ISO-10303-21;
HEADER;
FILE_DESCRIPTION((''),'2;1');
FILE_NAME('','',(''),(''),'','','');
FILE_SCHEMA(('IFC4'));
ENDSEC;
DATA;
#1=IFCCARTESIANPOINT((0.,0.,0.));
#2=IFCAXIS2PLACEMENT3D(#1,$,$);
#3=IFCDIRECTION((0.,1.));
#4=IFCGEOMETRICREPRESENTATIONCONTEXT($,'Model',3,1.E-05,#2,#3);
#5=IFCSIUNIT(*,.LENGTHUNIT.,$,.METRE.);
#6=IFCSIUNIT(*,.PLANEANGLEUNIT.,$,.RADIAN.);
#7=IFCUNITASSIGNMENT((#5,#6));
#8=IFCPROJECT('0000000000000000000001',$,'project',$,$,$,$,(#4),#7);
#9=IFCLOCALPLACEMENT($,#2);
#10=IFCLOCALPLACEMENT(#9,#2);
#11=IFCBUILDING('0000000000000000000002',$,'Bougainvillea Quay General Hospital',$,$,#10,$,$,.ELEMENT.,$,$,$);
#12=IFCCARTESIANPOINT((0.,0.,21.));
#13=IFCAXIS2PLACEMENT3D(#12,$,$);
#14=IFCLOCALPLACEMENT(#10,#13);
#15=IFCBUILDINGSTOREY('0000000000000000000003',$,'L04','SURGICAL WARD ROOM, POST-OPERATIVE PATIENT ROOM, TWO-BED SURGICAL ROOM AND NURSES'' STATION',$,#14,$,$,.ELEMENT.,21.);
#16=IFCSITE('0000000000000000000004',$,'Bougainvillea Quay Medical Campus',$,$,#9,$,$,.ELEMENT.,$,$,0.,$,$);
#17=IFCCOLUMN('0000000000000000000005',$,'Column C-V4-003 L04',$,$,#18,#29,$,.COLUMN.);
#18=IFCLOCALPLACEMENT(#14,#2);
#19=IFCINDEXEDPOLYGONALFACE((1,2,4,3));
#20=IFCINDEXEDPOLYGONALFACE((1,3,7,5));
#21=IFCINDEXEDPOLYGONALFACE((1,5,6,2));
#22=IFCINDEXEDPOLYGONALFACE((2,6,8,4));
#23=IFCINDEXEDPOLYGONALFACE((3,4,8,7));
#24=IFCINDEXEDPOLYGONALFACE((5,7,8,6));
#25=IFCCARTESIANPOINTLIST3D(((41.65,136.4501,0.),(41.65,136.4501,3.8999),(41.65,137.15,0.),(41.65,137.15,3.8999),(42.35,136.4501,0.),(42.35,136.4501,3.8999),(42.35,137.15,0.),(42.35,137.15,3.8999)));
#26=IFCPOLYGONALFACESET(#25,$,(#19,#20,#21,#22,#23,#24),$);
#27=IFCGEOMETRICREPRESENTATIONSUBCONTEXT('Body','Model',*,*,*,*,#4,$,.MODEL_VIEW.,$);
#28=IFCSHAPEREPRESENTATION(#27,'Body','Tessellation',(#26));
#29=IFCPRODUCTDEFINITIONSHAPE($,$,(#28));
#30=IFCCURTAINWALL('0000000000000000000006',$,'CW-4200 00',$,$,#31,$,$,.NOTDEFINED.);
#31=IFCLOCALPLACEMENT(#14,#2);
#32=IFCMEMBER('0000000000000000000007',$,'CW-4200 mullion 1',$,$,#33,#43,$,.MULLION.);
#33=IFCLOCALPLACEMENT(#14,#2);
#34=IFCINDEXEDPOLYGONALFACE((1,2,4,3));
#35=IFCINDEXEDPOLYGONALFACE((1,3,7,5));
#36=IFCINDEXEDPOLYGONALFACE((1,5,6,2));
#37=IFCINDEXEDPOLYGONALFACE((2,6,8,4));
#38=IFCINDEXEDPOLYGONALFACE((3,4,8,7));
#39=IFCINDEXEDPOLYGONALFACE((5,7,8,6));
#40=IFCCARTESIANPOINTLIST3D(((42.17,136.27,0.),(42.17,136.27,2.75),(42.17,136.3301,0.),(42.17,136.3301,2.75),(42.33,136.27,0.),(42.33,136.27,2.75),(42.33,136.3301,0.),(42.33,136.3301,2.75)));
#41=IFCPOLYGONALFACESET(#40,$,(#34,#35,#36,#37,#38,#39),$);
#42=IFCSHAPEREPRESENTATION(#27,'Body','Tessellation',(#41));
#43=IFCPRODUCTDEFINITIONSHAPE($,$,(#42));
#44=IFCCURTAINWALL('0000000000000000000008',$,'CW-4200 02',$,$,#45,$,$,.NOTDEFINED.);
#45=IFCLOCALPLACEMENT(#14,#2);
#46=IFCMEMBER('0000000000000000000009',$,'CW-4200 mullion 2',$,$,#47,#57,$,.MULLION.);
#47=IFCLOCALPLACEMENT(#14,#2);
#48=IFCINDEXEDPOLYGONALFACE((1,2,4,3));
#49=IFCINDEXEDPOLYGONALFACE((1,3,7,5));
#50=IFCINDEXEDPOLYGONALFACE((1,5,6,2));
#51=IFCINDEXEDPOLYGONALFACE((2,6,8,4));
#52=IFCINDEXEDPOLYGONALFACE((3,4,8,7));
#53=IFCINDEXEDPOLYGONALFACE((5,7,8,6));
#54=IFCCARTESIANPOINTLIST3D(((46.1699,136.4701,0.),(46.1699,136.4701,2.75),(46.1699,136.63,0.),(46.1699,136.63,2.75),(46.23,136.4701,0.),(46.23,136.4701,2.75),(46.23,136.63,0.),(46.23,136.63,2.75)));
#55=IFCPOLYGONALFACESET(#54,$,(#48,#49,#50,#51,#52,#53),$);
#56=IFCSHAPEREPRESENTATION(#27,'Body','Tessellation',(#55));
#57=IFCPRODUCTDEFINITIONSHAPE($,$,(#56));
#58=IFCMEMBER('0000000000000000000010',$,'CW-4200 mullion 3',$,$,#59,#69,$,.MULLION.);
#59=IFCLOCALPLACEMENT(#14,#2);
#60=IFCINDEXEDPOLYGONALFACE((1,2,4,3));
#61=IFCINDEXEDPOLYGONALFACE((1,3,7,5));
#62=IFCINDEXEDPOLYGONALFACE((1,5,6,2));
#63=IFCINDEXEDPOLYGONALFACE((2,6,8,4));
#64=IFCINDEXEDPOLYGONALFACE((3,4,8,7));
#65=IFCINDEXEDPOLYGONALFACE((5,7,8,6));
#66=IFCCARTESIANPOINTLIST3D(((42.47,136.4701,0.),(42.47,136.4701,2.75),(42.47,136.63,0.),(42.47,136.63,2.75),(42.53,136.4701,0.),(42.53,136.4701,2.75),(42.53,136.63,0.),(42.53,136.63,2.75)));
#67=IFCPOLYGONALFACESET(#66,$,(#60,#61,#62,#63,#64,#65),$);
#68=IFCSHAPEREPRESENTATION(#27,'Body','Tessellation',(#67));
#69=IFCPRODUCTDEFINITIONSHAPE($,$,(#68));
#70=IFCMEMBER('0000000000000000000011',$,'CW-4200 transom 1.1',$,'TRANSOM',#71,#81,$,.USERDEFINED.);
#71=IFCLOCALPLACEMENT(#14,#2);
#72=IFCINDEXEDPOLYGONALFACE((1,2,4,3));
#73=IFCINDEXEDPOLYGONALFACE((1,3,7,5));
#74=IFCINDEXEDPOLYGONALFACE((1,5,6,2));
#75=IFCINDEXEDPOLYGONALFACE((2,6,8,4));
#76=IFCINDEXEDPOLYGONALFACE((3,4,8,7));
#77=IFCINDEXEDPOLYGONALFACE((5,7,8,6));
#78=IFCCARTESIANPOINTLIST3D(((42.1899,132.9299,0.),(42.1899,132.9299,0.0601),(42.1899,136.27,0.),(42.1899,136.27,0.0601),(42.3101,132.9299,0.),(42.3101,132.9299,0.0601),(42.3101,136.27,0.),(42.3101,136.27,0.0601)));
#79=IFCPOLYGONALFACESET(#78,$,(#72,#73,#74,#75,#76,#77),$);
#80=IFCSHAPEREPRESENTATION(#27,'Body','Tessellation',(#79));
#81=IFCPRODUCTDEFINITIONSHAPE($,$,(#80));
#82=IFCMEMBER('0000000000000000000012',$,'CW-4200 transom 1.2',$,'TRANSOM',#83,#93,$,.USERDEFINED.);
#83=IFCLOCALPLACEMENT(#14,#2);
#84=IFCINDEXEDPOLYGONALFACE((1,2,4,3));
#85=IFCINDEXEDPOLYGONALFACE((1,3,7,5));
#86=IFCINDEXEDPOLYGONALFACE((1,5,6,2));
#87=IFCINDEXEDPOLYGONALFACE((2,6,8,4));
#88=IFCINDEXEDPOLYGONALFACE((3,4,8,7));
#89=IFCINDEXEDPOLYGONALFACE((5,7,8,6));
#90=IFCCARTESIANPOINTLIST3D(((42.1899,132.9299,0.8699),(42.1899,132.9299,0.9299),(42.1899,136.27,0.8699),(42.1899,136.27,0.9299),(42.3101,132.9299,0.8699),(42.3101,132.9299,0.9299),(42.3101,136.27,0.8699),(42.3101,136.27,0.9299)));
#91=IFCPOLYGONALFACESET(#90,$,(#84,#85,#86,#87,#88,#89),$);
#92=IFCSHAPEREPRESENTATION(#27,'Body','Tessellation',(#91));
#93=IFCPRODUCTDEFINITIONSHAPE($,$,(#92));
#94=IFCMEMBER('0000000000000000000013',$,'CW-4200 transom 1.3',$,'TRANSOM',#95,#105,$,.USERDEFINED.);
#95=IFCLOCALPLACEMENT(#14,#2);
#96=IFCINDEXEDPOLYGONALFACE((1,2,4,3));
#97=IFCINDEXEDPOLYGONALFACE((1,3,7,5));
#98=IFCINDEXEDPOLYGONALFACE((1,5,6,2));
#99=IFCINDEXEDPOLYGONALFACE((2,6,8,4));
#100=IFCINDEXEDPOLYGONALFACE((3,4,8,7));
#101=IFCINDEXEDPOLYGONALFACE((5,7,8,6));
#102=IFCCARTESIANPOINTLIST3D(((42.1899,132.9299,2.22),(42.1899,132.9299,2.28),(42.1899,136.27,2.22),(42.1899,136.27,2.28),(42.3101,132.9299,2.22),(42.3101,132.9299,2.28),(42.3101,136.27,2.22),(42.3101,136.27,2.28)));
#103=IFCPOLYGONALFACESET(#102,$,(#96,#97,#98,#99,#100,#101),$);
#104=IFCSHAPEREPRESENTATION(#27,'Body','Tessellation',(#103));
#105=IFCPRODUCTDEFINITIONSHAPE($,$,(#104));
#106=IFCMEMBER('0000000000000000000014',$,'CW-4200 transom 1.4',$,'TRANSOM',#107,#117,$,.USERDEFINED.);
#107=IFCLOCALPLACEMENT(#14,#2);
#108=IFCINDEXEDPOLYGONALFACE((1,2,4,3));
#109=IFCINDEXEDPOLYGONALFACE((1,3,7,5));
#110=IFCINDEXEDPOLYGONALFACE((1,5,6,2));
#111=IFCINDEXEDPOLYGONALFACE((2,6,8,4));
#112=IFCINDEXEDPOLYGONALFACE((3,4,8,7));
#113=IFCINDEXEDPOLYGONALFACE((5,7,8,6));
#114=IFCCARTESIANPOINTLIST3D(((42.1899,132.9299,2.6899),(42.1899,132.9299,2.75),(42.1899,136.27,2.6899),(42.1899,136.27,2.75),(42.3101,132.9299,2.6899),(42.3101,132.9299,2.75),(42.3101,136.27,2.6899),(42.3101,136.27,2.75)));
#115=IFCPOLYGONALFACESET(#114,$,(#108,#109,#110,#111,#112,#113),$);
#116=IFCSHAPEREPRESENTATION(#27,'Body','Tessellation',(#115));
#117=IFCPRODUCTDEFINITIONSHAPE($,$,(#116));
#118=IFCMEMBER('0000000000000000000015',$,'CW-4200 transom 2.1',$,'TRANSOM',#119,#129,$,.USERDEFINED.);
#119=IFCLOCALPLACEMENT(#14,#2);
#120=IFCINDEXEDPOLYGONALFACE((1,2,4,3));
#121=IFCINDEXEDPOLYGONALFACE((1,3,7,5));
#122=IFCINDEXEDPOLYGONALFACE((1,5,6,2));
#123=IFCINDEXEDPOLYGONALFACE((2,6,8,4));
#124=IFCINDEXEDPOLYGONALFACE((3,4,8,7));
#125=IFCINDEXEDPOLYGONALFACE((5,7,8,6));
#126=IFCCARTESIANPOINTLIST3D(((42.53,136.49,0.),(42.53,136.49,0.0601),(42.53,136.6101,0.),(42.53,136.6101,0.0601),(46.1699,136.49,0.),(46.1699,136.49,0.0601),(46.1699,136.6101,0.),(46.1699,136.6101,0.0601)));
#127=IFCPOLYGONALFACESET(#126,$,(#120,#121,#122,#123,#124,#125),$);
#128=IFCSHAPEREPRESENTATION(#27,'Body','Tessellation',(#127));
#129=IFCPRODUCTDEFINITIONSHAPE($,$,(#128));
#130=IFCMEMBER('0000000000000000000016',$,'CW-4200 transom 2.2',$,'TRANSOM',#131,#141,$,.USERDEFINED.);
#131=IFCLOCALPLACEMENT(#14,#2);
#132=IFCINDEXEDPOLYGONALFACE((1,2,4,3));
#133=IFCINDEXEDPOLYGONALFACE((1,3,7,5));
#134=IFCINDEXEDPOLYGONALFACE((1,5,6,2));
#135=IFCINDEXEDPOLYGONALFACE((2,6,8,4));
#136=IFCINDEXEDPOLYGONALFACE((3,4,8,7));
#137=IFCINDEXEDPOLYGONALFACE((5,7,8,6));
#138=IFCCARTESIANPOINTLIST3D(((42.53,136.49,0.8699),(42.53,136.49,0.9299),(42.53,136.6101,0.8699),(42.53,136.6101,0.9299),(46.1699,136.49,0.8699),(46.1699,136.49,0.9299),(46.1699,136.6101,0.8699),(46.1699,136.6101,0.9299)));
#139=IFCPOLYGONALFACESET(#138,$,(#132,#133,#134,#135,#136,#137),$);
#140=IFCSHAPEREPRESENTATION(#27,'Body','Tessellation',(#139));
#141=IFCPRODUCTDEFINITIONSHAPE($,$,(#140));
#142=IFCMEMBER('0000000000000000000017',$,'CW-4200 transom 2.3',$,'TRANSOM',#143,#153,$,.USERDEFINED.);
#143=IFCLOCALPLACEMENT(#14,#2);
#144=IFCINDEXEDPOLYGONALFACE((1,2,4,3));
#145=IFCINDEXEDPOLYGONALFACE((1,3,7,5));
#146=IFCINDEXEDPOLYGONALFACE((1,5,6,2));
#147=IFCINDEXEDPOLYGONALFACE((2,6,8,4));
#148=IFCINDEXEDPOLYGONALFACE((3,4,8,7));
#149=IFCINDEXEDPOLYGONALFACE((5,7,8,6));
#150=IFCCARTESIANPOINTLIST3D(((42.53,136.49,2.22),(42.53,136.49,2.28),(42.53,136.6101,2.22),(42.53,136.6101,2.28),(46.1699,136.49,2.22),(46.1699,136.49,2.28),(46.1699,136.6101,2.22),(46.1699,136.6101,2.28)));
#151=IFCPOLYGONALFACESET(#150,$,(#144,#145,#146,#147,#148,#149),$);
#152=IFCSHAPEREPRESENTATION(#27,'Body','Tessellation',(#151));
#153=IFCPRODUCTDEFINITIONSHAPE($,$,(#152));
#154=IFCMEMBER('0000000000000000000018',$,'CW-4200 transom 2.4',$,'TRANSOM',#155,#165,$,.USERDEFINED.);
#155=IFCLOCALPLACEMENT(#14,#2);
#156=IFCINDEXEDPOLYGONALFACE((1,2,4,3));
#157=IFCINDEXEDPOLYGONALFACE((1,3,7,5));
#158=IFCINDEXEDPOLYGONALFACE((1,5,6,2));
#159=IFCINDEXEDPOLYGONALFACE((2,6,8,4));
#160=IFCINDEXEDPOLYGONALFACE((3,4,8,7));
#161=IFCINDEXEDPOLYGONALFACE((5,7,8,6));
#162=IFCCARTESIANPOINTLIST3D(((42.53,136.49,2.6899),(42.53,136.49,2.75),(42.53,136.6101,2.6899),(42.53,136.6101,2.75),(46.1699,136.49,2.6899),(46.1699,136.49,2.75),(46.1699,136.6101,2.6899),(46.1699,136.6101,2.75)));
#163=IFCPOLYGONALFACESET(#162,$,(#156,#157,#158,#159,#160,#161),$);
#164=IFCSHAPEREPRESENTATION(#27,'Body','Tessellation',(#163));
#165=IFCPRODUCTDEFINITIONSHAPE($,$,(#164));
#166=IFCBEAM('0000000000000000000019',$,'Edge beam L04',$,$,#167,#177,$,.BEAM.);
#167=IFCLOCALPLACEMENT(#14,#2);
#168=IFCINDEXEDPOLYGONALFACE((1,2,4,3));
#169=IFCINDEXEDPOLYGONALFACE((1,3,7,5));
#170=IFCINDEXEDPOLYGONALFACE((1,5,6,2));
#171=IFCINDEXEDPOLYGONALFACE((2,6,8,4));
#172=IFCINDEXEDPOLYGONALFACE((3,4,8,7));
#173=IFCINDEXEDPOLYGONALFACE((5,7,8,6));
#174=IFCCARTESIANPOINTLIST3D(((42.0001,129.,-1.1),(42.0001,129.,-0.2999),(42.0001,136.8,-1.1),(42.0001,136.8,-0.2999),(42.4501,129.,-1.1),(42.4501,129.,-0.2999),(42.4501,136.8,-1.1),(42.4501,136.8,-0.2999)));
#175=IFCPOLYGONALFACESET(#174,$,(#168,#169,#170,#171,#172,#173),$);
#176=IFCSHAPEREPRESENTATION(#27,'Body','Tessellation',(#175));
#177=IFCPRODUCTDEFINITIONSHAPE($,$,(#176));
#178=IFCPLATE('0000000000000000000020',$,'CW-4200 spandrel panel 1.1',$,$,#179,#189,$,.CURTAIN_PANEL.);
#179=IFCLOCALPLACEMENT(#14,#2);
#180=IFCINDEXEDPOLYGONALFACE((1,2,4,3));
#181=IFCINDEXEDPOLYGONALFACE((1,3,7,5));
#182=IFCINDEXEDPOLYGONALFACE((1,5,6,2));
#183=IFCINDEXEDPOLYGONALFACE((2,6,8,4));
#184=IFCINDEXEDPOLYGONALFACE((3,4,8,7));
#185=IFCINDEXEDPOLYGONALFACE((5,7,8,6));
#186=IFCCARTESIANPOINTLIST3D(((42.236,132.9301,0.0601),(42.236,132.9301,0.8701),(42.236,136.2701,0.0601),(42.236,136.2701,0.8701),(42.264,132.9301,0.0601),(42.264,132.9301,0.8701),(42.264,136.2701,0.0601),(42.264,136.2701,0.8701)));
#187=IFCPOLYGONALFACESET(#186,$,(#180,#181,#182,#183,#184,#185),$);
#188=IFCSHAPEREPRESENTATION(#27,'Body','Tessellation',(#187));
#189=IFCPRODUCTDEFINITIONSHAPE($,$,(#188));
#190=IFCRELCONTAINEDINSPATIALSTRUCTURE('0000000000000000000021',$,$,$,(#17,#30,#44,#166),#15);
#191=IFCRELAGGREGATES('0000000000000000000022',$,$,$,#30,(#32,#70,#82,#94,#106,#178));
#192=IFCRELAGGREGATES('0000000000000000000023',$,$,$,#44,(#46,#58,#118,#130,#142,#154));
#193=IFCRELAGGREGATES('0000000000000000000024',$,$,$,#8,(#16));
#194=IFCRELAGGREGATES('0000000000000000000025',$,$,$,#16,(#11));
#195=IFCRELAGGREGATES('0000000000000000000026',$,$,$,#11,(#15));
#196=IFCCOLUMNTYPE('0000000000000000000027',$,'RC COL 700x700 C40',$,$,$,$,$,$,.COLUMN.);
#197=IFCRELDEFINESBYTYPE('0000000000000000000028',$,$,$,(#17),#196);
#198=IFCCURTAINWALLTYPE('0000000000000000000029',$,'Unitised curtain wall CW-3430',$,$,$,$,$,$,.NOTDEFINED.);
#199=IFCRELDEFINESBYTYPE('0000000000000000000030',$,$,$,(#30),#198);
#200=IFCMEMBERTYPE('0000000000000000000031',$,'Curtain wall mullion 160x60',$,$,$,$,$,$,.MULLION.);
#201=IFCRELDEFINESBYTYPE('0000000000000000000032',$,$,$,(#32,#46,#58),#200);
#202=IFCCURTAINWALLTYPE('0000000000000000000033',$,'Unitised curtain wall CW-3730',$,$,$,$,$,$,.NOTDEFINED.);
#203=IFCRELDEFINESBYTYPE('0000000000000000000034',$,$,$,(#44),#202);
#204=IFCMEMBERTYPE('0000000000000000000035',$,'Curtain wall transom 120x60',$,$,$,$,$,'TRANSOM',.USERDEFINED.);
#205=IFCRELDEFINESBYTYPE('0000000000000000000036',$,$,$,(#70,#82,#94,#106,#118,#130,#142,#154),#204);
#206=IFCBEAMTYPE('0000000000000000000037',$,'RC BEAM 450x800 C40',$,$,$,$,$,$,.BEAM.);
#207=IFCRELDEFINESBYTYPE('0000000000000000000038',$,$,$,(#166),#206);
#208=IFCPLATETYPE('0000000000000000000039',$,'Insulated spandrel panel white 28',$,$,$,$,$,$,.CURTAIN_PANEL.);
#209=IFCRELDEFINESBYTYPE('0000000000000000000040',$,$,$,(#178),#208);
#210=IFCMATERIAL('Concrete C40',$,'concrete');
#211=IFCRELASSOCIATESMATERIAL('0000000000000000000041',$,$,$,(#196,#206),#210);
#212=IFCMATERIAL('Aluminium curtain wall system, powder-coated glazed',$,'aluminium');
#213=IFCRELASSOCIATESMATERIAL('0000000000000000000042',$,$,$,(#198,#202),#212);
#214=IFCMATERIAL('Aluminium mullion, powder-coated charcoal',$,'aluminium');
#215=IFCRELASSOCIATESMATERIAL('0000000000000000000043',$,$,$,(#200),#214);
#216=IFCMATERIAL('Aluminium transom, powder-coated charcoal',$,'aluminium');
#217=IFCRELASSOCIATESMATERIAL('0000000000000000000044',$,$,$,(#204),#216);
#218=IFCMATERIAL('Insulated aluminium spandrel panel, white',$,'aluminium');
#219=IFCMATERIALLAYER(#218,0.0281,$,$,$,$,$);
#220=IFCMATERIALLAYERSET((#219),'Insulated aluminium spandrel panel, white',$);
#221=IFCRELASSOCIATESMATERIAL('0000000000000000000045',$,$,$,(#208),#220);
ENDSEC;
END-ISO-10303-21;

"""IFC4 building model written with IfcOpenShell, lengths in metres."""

from ifc_helpers import new_model, si_unit, direction, frame, origin, origin_2d, place, context, subcontext, project, spatial, rectangle, extrude, material, layer, layer_set, material_profile, profile_set, type_object, element, aggregate, save


model = new_model("IFC4")

# Units and contexts
model_context = context("Model", 3, precision=1e-05, world=origin(), true_north=direction((0.0, 1.0)))
body_context = subcontext(model_context, "Body", "Model", "MODEL_VIEW")
ifc_project = project(units=[si_unit("LENGTHUNIT", "METRE"), si_unit("PLANEANGLEUNIT", "RADIAN")], contexts=[model_context])

# Site, building, storey
site_placement = place(None, origin())
site = spatial("IfcSite", under=ifc_project, at=site_placement, Name="Bougainvillea Quay Medical Campus", CompositionType="ELEMENT", RefElevation=0.0)
building_placement = place(site_placement, origin())
building = spatial("IfcBuilding", under=site, at=building_placement, Name="Bougainvillea Quay General Hospital", CompositionType="ELEMENT")
storey_placement = place(building_placement, frame((0.0, 0.0, 21.0)))
storey = spatial("IfcBuildingStorey", under=building, at=storey_placement, Name="L04", Description="SURGICAL WARD ROOM, POST-OPERATIVE PATIENT ROOM, TWO-BED SURGICAL ROOM AND NURSES' STATION", CompositionType="ELEMENT", Elevation=21.0)

# Column
ifc_material_1 = material(Name="Concrete C40", Category="concrete")
ifc_material_profile_1 = material_profile(ifc_material_1, rectangle(XDim=0.7, YDim=0.7, at=origin_2d()))
ifc_profile_set_1 = profile_set([ifc_material_profile_1], Name="Concrete C40")
column_type = type_object("IfcColumnType", Name="RC COL 700x700 C40", PredefinedType="COLUMN", material=ifc_profile_set_1)
column_placement = place(storey_placement, frame((42.0, 136.8, 0.0), z_axis=(0.0, 0.0, 1.0), x_axis=(1.0, 0.0, 0.0)))
element("IfcColumn", 1, at=column_placement, inside=storey, type_object=column_type, Name="Column C-V4-003 L04", PredefinedType="COLUMN", context=body_context, shape_type="SweptSolid", body=[
    extrude(rectangle(XDim=0.7, YDim=0.7, at=origin_2d()), origin(), (0.0, 0.0, 1.0), 3.8999),
])

# Curtain wall, member
ifc_material_2 = material(Name="Aluminium curtain wall system, powder-coated glazed", Category="aluminium")
curtain_wall_type_1 = type_object("IfcCurtainWallType", Name="Unitised curtain wall CW-3430", PredefinedType="NOTDEFINED", material=ifc_material_2)
curtain_wall_1_placement = place(storey_placement, origin())
curtain_wall_1 = element("IfcCurtainWall", 2, at=curtain_wall_1_placement, inside=storey, type_object=curtain_wall_type_1, Name="CW-4200 00", PredefinedType="NOTDEFINED")
ifc_material_3 = material(Name="Aluminium mullion, powder-coated charcoal", Category="aluminium")
ifc_material_profile_2 = material_profile(ifc_material_3, rectangle(XDim=0.1599, YDim=0.0601, at=origin_2d()))
ifc_profile_set_2 = profile_set([ifc_material_profile_2], Name="Aluminium mullion, powder-coated charcoal")
member_type_1 = type_object("IfcMemberType", Name="Curtain wall mullion 160x60", PredefinedType="MULLION", material=ifc_profile_set_2)
member_1_placement = place(storey_placement, frame((42.25, 136.3, 0.0), z_axis=(0.0, 0.0, 1.0), x_axis=(1.0, 0.0, 0.0)))
member_1 = element("IfcMember", 3, at=member_1_placement, type_object=member_type_1, Name="CW-4200 mullion 1", PredefinedType="MULLION", context=body_context, shape_type="SweptSolid", body=[
    extrude(rectangle(XDim=0.1599, YDim=0.0601, at=origin_2d()), origin(), (0.0, 0.0, 1.0), 2.75),
])

# Curtain wall, members
curtain_wall_type_2 = type_object("IfcCurtainWallType", Name="Unitised curtain wall CW-3730", PredefinedType="NOTDEFINED", material=ifc_material_2)
curtain_wall_2_placement = place(storey_placement, origin())
curtain_wall_2 = element("IfcCurtainWall", 4, at=curtain_wall_2_placement, inside=storey, type_object=curtain_wall_type_2, Name="CW-4200 02", PredefinedType="NOTDEFINED")
member_2_placement = place(storey_placement, frame((46.2, 136.55, 0.0), z_axis=(0.0, 0.0, 1.0), x_axis=(0.0, -1.0, 0.0)))
member_2 = element("IfcMember", 5, at=member_2_placement, type_object=member_type_1, Name="CW-4200 mullion 2", PredefinedType="MULLION", context=body_context, shape_type="SweptSolid", body=[
    extrude(rectangle(XDim=0.1599, YDim=0.0601, at=origin_2d()), origin(), (0.0, 0.0, 1.0), 2.75),
])
member_3_placement = place(storey_placement, frame((42.5, 136.55, 0.0), z_axis=(0.0, 0.0, 1.0), x_axis=(0.0, -1.0, 0.0)))
member_3 = element("IfcMember", 6, at=member_3_placement, type_object=member_type_1, Name="CW-4200 mullion 3", PredefinedType="MULLION", context=body_context, shape_type="SweptSolid", body=[
    extrude(rectangle(XDim=0.1599, YDim=0.0601, at=origin_2d()), origin(), (0.0, 0.0, 1.0), 2.75),
])

# Members
ifc_material_4 = material(Name="Aluminium transom, powder-coated charcoal", Category="aluminium")
ifc_material_profile_3 = material_profile(ifc_material_4, rectangle(XDim=0.1201, YDim=0.0601, at=origin_2d()))
ifc_profile_set_3 = profile_set([ifc_material_profile_3], Name="Aluminium transom, powder-coated charcoal")
member_type_2 = type_object("IfcMemberType", Name="Curtain wall transom 120x60", ElementType="TRANSOM", PredefinedType="USERDEFINED", material=ifc_profile_set_3)
member_4_placement = place(storey_placement, frame((42.25, 136.27, 0.03), z_axis=(0.0, -1.0, 0.0), x_axis=(1.0, 0.0, 0.0)))
member_4 = element("IfcMember", 7, at=member_4_placement, type_object=member_type_2, Name="CW-4200 transom 1.1", ObjectType="TRANSOM", PredefinedType="USERDEFINED", context=body_context, shape_type="SweptSolid", body=[
    extrude(rectangle(XDim=0.1201, YDim=0.0601, at=origin_2d()), origin(), (0.0, 0.0, 1.0), 3.3401),
])
member_5_placement = place(storey_placement, frame((42.25, 136.27, 0.8999), z_axis=(0.0, -1.0, 0.0), x_axis=(1.0, 0.0, 0.0)))
member_5 = element("IfcMember", 8, at=member_5_placement, type_object=member_type_2, Name="CW-4200 transom 1.2", ObjectType="TRANSOM", PredefinedType="USERDEFINED", context=body_context, shape_type="SweptSolid", body=[
    extrude(rectangle(XDim=0.1201, YDim=0.0601, at=origin_2d()), origin(), (0.0, 0.0, 1.0), 3.3401),
])
member_6_placement = place(storey_placement, frame((42.25, 136.27, 2.25), z_axis=(0.0, -1.0, 0.0), x_axis=(1.0, 0.0, 0.0)))
member_6 = element("IfcMember", 9, at=member_6_placement, type_object=member_type_2, Name="CW-4200 transom 1.3", ObjectType="TRANSOM", PredefinedType="USERDEFINED", context=body_context, shape_type="SweptSolid", body=[
    extrude(rectangle(XDim=0.1201, YDim=0.0601, at=origin_2d()), origin(), (0.0, 0.0, 1.0), 3.3401),
])
member_7_placement = place(storey_placement, frame((42.25, 136.27, 2.72), z_axis=(0.0, -1.0, 0.0), x_axis=(1.0, 0.0, 0.0)))
member_7 = element("IfcMember", 10, at=member_7_placement, type_object=member_type_2, Name="CW-4200 transom 1.4", ObjectType="TRANSOM", PredefinedType="USERDEFINED", context=body_context, shape_type="SweptSolid", body=[
    extrude(rectangle(XDim=0.1201, YDim=0.0601, at=origin_2d()), origin(), (0.0, 0.0, 1.0), 3.3401),
])
member_8_placement = place(storey_placement, frame((46.1699, 136.55, 0.03), z_axis=(-1.0, 0.0, 0.0), x_axis=(0.0, -1.0, 0.0)))
member_8 = element("IfcMember", 11, at=member_8_placement, type_object=member_type_2, Name="CW-4200 transom 2.1", ObjectType="TRANSOM", PredefinedType="USERDEFINED", context=body_context, shape_type="SweptSolid", body=[
    extrude(rectangle(XDim=0.1201, YDim=0.0601, at=origin_2d()), origin(), (0.0, 0.0, 1.0), 3.6399),
])
member_9_placement = place(storey_placement, frame((46.1699, 136.55, 0.8999), z_axis=(-1.0, 0.0, 0.0), x_axis=(0.0, -1.0, 0.0)))
member_9 = element("IfcMember", 12, at=member_9_placement, type_object=member_type_2, Name="CW-4200 transom 2.2", ObjectType="TRANSOM", PredefinedType="USERDEFINED", context=body_context, shape_type="SweptSolid", body=[
    extrude(rectangle(XDim=0.1201, YDim=0.0601, at=origin_2d()), origin(), (0.0, 0.0, 1.0), 3.6399),
])
member_10_placement = place(storey_placement, frame((46.1699, 136.55, 2.25), z_axis=(-1.0, 0.0, 0.0), x_axis=(0.0, -1.0, 0.0)))
member_10 = element("IfcMember", 13, at=member_10_placement, type_object=member_type_2, Name="CW-4200 transom 2.3", ObjectType="TRANSOM", PredefinedType="USERDEFINED", context=body_context, shape_type="SweptSolid", body=[
    extrude(rectangle(XDim=0.1201, YDim=0.0601, at=origin_2d()), origin(), (0.0, 0.0, 1.0), 3.6399),
])
member_11_placement = place(storey_placement, frame((46.1699, 136.55, 2.72), z_axis=(-1.0, 0.0, 0.0), x_axis=(0.0, -1.0, 0.0)))
member_11 = element("IfcMember", 14, at=member_11_placement, type_object=member_type_2, Name="CW-4200 transom 2.4", ObjectType="TRANSOM", PredefinedType="USERDEFINED", context=body_context, shape_type="SweptSolid", body=[
    extrude(rectangle(XDim=0.1201, YDim=0.0601, at=origin_2d()), origin(), (0.0, 0.0, 1.0), 3.6399),
])

# Beam
ifc_material_profile_4 = material_profile(ifc_material_1, rectangle(XDim=0.45, YDim=0.8, at=origin_2d()))
ifc_profile_set_4 = profile_set([ifc_material_profile_4], Name="Concrete C40")
beam_type = type_object("IfcBeamType", Name="RC BEAM 450x800 C40", PredefinedType="BEAM", material=ifc_profile_set_4)
beam_placement = place(storey_placement, frame((42.2251, 136.8, -0.7), z_axis=(0.0, -1.0, 0.0), x_axis=(1.0, 0.0, 0.0)))
element("IfcBeam", 15, at=beam_placement, inside=storey, type_object=beam_type, Name="Edge beam L04", PredefinedType="BEAM", context=body_context, shape_type="SweptSolid", body=[
    extrude(rectangle(XDim=0.45, YDim=0.8, at=origin_2d()), origin(), (0.0, 0.0, 1.0), 7.8),
])

# Plate
ifc_material_5 = material(Name="Insulated aluminium spandrel panel, white", Category="aluminium")
ifc_layer_1 = layer(ifc_material_5, 0.0281)
ifc_layer_set_1 = layer_set([ifc_layer_1], Name="Insulated aluminium spandrel panel, white")
plate_type_1 = type_object("IfcPlateType", Name="Insulated spandrel panel white 28", PredefinedType="CURTAIN_PANEL", material=ifc_layer_set_1)
plate_1_placement = place(storey_placement, frame((42.25, 134.6001, 0.0601), z_axis=(0.0, 0.0, 1.0), x_axis=(0.0, -1.0, 0.0)))
plate_1 = element("IfcPlate", 16, at=plate_1_placement, type_object=plate_type_1, Name="CW-4200 spandrel panel 1.1", PredefinedType="CURTAIN_PANEL", context=body_context, shape_type="SweptSolid", body=[
    extrude(rectangle(XDim=3.3401, YDim=0.0281, at=origin_2d()), origin(), (0.0, 0.0, 1.0), 0.8101),
])
aggregate(curtain_wall_1, [member_1, member_4, member_5, member_6, member_7, plate_1])
aggregate(curtain_wall_2, [member_2, member_3, member_8, member_9, member_10, member_11])

save(model, "model.ifc")
